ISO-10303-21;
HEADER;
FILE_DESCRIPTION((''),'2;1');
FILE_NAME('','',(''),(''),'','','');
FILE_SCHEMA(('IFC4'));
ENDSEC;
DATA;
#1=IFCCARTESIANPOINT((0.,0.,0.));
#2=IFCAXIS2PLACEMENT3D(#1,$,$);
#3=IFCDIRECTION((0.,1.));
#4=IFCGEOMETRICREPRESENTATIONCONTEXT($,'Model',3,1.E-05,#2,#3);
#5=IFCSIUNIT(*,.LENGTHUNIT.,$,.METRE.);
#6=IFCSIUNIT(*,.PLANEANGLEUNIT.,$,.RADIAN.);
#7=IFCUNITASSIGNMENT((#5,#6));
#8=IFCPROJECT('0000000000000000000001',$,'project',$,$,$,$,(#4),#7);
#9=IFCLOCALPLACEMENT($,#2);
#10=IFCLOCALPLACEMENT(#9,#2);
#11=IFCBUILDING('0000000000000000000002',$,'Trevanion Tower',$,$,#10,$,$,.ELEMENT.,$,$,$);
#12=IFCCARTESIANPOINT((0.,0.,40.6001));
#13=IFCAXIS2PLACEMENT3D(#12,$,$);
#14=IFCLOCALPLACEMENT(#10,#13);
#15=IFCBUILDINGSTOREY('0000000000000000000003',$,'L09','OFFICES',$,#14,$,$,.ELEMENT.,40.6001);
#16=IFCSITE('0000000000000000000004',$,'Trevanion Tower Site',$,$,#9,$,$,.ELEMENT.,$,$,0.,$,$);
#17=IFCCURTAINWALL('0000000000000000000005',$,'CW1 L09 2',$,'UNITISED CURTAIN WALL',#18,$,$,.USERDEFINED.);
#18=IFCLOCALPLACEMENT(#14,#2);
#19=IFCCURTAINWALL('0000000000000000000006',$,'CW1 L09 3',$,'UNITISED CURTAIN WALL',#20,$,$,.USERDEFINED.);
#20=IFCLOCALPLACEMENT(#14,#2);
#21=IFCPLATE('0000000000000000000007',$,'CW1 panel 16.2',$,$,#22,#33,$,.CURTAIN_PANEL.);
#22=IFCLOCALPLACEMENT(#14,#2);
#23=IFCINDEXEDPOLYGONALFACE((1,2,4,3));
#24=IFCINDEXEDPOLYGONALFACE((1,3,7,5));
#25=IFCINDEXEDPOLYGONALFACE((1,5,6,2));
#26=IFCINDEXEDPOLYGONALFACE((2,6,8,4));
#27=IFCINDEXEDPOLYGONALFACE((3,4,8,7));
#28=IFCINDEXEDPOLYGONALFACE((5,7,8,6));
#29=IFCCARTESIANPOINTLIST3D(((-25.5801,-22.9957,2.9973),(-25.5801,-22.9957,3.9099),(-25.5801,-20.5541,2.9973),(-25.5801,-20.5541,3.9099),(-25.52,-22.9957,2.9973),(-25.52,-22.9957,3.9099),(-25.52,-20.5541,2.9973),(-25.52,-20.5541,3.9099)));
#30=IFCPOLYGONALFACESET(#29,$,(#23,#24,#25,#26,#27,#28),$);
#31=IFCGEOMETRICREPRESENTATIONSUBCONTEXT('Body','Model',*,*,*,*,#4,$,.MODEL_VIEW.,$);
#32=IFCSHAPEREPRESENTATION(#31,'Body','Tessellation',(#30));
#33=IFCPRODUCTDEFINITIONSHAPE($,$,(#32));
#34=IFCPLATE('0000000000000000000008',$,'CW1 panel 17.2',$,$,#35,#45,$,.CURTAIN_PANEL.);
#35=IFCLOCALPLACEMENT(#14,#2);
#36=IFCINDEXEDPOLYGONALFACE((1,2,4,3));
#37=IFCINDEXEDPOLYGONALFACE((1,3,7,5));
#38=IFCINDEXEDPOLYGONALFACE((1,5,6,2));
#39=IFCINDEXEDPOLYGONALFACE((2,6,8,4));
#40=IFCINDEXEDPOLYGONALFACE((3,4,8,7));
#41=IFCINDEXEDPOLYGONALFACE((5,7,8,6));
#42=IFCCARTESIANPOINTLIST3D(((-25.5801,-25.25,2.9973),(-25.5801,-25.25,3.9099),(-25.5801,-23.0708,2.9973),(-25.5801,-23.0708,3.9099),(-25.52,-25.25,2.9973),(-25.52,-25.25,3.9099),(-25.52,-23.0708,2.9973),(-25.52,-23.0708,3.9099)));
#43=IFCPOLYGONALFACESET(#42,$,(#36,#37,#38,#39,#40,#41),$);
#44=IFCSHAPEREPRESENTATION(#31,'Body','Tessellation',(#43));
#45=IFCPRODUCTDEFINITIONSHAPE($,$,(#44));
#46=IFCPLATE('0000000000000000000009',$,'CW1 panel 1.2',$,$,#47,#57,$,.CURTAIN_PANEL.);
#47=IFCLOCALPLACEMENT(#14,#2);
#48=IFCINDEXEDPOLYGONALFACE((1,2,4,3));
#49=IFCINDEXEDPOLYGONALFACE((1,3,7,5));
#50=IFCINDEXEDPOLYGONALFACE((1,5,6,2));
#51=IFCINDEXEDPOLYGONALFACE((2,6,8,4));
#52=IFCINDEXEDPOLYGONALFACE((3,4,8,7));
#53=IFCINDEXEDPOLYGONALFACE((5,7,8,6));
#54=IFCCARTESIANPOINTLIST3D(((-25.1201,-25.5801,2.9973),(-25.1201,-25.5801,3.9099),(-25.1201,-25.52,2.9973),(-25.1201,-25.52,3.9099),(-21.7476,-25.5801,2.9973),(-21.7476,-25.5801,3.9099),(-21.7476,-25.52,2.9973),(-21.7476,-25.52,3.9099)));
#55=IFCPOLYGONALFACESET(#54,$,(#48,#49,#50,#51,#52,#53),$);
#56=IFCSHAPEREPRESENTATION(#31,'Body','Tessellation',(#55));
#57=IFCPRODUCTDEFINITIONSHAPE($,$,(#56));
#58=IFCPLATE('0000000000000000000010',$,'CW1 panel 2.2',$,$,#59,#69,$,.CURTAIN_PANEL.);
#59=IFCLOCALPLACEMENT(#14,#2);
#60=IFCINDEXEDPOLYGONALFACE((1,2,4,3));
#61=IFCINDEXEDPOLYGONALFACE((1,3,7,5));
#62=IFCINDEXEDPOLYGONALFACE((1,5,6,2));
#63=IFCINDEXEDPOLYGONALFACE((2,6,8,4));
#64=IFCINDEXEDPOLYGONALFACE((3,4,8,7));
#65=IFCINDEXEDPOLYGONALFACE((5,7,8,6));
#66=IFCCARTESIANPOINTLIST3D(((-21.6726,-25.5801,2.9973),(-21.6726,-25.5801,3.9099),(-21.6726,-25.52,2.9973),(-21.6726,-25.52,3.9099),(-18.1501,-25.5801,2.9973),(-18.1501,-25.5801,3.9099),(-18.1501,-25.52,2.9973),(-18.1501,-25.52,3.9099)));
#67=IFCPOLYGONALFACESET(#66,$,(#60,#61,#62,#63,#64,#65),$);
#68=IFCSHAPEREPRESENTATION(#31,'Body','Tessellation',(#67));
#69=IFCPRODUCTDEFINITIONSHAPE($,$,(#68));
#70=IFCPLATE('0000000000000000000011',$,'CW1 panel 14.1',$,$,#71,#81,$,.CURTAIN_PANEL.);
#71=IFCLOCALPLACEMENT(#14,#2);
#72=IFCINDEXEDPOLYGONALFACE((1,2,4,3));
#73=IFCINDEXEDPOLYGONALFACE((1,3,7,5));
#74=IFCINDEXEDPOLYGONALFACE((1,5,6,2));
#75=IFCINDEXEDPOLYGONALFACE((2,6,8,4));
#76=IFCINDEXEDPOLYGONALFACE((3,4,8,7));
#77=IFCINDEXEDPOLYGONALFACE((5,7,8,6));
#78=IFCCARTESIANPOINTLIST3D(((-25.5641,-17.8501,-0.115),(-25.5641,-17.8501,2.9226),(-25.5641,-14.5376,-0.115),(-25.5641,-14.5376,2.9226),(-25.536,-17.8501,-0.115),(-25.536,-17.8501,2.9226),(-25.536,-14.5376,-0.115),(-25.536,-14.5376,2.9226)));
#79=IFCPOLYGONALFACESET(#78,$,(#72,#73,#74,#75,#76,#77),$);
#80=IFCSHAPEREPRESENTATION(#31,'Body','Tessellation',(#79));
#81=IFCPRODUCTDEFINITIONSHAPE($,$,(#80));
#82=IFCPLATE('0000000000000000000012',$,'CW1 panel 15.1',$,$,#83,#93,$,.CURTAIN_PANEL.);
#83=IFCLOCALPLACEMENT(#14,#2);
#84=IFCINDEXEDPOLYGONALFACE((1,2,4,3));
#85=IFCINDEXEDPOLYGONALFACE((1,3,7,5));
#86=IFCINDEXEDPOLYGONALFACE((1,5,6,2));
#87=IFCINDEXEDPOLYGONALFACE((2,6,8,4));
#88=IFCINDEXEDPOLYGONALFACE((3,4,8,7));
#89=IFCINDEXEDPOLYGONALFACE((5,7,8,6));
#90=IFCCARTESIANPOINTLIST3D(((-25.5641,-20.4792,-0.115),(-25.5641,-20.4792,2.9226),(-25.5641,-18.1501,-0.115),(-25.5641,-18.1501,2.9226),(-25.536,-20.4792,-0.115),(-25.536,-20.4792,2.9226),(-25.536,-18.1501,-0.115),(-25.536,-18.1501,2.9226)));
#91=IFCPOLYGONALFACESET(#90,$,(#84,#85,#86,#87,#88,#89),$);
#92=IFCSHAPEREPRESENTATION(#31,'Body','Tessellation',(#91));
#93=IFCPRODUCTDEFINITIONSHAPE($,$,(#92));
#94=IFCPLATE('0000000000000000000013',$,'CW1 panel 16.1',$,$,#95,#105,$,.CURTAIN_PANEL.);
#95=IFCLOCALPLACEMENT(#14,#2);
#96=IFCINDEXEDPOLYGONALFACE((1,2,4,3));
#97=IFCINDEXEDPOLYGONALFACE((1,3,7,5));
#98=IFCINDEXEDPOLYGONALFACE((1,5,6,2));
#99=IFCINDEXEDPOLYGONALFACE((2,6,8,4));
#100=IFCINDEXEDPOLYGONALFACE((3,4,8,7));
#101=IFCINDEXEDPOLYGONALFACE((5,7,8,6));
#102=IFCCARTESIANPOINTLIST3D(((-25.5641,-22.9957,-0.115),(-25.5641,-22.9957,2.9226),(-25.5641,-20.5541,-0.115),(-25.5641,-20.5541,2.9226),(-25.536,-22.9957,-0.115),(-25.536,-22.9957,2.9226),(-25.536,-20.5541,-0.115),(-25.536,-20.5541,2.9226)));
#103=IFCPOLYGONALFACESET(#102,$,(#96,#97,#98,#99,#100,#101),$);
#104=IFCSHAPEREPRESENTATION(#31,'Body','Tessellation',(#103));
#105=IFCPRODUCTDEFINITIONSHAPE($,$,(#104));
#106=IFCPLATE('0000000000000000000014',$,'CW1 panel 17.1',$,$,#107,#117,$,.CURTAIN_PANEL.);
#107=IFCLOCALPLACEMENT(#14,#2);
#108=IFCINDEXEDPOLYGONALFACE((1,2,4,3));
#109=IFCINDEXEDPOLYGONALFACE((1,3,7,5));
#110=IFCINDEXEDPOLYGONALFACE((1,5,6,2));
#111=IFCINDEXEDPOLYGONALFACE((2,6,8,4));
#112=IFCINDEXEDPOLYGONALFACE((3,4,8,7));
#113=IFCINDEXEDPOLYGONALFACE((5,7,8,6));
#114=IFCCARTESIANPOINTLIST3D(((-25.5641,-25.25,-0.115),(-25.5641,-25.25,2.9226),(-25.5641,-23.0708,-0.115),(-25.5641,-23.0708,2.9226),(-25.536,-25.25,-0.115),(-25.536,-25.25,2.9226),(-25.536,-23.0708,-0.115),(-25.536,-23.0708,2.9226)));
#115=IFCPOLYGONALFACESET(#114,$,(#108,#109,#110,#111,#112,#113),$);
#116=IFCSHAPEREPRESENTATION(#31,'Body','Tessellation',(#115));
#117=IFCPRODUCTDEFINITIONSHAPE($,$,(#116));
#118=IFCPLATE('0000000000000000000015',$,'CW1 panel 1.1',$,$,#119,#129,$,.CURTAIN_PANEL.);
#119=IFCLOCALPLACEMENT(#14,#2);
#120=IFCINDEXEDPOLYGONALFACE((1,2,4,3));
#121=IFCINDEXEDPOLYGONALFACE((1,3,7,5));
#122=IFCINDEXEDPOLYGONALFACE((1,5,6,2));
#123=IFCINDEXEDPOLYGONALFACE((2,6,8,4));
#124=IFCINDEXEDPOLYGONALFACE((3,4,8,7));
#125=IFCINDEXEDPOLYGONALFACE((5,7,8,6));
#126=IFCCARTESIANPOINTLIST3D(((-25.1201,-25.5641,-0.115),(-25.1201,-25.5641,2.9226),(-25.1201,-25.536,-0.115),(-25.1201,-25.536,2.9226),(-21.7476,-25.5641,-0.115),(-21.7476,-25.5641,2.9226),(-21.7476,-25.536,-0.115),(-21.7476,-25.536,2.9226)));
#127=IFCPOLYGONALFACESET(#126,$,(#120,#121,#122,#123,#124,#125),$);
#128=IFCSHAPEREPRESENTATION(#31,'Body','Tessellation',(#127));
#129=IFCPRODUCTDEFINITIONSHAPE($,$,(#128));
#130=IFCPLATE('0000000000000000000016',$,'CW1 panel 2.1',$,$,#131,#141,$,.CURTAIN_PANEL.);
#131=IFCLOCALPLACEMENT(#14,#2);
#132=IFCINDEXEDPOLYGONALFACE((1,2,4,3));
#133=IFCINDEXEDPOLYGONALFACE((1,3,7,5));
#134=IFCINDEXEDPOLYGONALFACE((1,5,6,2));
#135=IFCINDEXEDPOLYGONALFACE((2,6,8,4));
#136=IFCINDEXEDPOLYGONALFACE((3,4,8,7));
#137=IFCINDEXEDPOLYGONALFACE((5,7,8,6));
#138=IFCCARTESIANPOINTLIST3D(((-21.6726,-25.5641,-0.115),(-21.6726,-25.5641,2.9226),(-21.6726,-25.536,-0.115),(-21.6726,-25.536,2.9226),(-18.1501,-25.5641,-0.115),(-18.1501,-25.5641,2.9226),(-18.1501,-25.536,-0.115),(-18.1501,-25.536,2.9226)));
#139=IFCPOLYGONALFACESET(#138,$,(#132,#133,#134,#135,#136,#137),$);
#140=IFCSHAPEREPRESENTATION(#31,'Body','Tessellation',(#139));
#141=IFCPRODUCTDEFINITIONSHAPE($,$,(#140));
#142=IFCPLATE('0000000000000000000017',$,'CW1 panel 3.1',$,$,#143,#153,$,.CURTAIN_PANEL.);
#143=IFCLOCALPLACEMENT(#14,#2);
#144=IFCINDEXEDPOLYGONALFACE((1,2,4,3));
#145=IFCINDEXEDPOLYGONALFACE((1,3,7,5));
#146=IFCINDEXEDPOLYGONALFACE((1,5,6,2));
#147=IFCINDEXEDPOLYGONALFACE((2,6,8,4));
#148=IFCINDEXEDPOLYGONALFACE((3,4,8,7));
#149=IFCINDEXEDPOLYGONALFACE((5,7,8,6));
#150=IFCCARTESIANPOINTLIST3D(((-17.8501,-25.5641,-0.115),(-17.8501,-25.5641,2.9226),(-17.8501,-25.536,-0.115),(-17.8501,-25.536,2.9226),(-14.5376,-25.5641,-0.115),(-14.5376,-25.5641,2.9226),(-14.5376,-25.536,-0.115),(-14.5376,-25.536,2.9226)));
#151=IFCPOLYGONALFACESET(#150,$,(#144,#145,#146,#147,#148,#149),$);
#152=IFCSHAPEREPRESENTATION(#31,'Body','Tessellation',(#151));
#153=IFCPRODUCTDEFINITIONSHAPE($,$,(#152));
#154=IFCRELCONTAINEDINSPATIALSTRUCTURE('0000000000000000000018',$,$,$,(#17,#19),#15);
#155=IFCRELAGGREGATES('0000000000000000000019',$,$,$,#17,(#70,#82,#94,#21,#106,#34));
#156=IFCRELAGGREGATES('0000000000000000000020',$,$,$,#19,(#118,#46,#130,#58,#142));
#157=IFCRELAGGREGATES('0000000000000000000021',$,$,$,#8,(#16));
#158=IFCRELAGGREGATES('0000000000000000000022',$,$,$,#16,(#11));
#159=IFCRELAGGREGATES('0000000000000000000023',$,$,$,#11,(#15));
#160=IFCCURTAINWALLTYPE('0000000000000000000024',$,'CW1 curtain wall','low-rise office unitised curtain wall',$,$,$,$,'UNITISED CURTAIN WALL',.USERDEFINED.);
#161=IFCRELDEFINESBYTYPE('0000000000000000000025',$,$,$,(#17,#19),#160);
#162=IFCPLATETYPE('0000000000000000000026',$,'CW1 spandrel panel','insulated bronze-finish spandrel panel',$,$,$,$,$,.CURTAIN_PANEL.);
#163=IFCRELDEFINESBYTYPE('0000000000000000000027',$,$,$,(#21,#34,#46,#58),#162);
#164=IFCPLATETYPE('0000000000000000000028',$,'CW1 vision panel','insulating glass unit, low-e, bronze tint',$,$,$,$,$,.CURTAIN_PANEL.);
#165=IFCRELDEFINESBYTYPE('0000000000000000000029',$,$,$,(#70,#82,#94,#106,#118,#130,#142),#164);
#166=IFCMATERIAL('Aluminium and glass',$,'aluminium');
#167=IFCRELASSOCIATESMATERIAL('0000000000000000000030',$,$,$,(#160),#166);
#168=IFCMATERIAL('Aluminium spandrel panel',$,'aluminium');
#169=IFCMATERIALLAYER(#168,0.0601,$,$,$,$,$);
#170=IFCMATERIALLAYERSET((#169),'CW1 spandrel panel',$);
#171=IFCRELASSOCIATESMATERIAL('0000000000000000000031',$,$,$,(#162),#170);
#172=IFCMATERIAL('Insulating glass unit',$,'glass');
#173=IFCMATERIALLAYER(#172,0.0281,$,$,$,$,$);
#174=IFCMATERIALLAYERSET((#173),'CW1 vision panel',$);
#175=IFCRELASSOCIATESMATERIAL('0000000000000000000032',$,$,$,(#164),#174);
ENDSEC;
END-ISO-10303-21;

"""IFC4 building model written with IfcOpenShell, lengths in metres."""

from ifc_helpers import new_model, si_unit, direction, frame, origin, origin_2d, place, context, subcontext, project, spatial, rectangle, extrude, material, layer, layer_set, type_object, element, aggregate, save


model = new_model("IFC4")

# Units and contexts
model_context = context("Model", 3, precision=1e-05, world=origin(), true_north=direction((0.0, 1.0)))
body_context = subcontext(model_context, "Body", "Model", "MODEL_VIEW")
ifc_project = project(units=[si_unit("LENGTHUNIT", "METRE"), si_unit("PLANEANGLEUNIT", "RADIAN")], contexts=[model_context])

# Site, building, storey
site_placement = place(None, origin())
site = spatial("IfcSite", under=ifc_project, at=site_placement, Name="Trevanion Tower Site", CompositionType="ELEMENT", RefElevation=0.0)
building_placement = place(site_placement, origin())
building = spatial("IfcBuilding", under=site, at=building_placement, Name="Trevanion Tower", CompositionType="ELEMENT")
storey_placement = place(building_placement, frame((0.0, 0.0, 40.6001)))
storey = spatial("IfcBuildingStorey", under=building, at=storey_placement, Name="L09", Description="OFFICES", CompositionType="ELEMENT", Elevation=40.6001)

# Curtain wall
ifc_material_1 = material(Name="Aluminium and glass", Category="aluminium")
curtain_wall_type = type_object("IfcCurtainWallType", Name="CW1 curtain wall", Description="low-rise office unitised curtain wall", ElementType="UNITISED CURTAIN WALL", PredefinedType="USERDEFINED", material=ifc_material_1)
curtain_wall_1_placement = place(storey_placement, origin())
curtain_wall_1 = element("IfcCurtainWall", 1, at=curtain_wall_1_placement, inside=storey, type_object=curtain_wall_type, Name="CW1 L09 2", ObjectType="UNITISED CURTAIN WALL", PredefinedType="USERDEFINED")

# Curtain wall
curtain_wall_2_placement = place(storey_placement, origin())
curtain_wall_2 = element("IfcCurtainWall", 2, at=curtain_wall_2_placement, inside=storey, type_object=curtain_wall_type, Name="CW1 L09 3", ObjectType="UNITISED CURTAIN WALL", PredefinedType="USERDEFINED")

# Plates
ifc_material_2 = material(Name="Aluminium spandrel panel", Category="aluminium")
ifc_layer_1 = layer(ifc_material_2, 0.0601)
ifc_layer_set_1 = layer_set([ifc_layer_1], Name="CW1 spandrel panel")
plate_type_1 = type_object("IfcPlateType", Name="CW1 spandrel panel", Description="insulated bronze-finish spandrel panel", PredefinedType="CURTAIN_PANEL", material=ifc_layer_set_1)
plate_1_placement = place(storey_placement, frame((-25.55, -21.7749, 2.9973), z_axis=(0.0, 0.0, 1.0), x_axis=(0.0, -1.0, 0.0)))
plate_1 = element("IfcPlate", 3, at=plate_1_placement, type_object=plate_type_1, Name="CW1 panel 16.2", PredefinedType="CURTAIN_PANEL", context=body_context, shape_type="SweptSolid", body=[
    extrude(rectangle(XDim=2.4417, YDim=0.0601, at=origin_2d()), origin(), (0.0, 0.0, 1.0), 0.9126),
])
plate_2_placement = place(storey_placement, frame((-25.55, -24.1604, 2.9973), z_axis=(0.0, 0.0, 1.0), x_axis=(0.0, -1.0, 0.0)))
plate_2 = element("IfcPlate", 4, at=plate_2_placement, type_object=plate_type_1, Name="CW1 panel 17.2", PredefinedType="CURTAIN_PANEL", context=body_context, shape_type="SweptSolid", body=[
    extrude(rectangle(XDim=2.1792, YDim=0.0601, at=origin_2d()), origin(), (0.0, 0.0, 1.0), 0.9126),
])
plate_3_placement = place(storey_placement, frame((-23.4338, -25.55, 2.9973), z_axis=(0.0, 0.0, 1.0), x_axis=(1.0, 0.0, 0.0)))
plate_3 = element("IfcPlate", 5, at=plate_3_placement, type_object=plate_type_1, Name="CW1 panel 1.2", PredefinedType="CURTAIN_PANEL", context=body_context, shape_type="SweptSolid", body=[
    extrude(rectangle(XDim=3.3726, YDim=0.0601, at=origin_2d()), origin(), (0.0, 0.0, 1.0), 0.9126),
])
plate_4_placement = place(storey_placement, frame((-19.9114, -25.55, 2.9973), z_axis=(0.0, 0.0, 1.0), x_axis=(1.0, 0.0, 0.0)))
plate_4 = element("IfcPlate", 6, at=plate_4_placement, type_object=plate_type_1, Name="CW1 panel 2.2", PredefinedType="CURTAIN_PANEL", context=body_context, shape_type="SweptSolid", body=[
    extrude(rectangle(XDim=3.5225, YDim=0.0601, at=origin_2d()), origin(), (0.0, 0.0, 1.0), 0.9126),
])
ifc_material_3 = material(Name="Insulating glass unit", Category="glass")
ifc_layer_2 = layer(ifc_material_3, 0.0281)
ifc_layer_set_2 = layer_set([ifc_layer_2], Name="CW1 vision panel")
plate_type_2 = type_object("IfcPlateType", Name="CW1 vision panel", Description="insulating glass unit, low-e, bronze tint", PredefinedType="CURTAIN_PANEL", material=ifc_layer_set_2)
plate_5_placement = place(storey_placement, frame((-25.55, -16.1938, -0.115), z_axis=(0.0, 0.0, 1.0), x_axis=(0.0, -1.0, 0.0)))
plate_5 = element("IfcPlate", 7, at=plate_5_placement, type_object=plate_type_2, Name="CW1 panel 14.1", PredefinedType="CURTAIN_PANEL", context=body_context, shape_type="SweptSolid", body=[
    extrude(rectangle(XDim=3.3125, YDim=0.0281, at=origin_2d()), origin(), (0.0, 0.0, 1.0), 3.0376),
])
plate_6_placement = place(storey_placement, frame((-25.55, -19.3147, -0.115), z_axis=(0.0, 0.0, 1.0), x_axis=(0.0, -1.0, 0.0)))
plate_6 = element("IfcPlate", 8, at=plate_6_placement, type_object=plate_type_2, Name="CW1 panel 15.1", PredefinedType="CURTAIN_PANEL", context=body_context, shape_type="SweptSolid", body=[
    extrude(rectangle(XDim=2.3291, YDim=0.0281, at=origin_2d()), origin(), (0.0, 0.0, 1.0), 3.0376),
])
plate_7_placement = place(storey_placement, frame((-25.55, -21.7749, -0.115), z_axis=(0.0, 0.0, 1.0), x_axis=(0.0, -1.0, 0.0)))
plate_7 = element("IfcPlate", 9, at=plate_7_placement, type_object=plate_type_2, Name="CW1 panel 16.1", PredefinedType="CURTAIN_PANEL", context=body_context, shape_type="SweptSolid", body=[
    extrude(rectangle(XDim=2.4417, YDim=0.0281, at=origin_2d()), origin(), (0.0, 0.0, 1.0), 3.0376),
])
plate_8_placement = place(storey_placement, frame((-25.55, -24.1604, -0.115), z_axis=(0.0, 0.0, 1.0), x_axis=(0.0, -1.0, 0.0)))
plate_8 = element("IfcPlate", 10, at=plate_8_placement, type_object=plate_type_2, Name="CW1 panel 17.1", PredefinedType="CURTAIN_PANEL", context=body_context, shape_type="SweptSolid", body=[
    extrude(rectangle(XDim=2.1792, YDim=0.0281, at=origin_2d()), origin(), (0.0, 0.0, 1.0), 3.0376),
])
aggregate(curtain_wall_1, [plate_5, plate_6, plate_7, plate_1, plate_8, plate_2])
plate_9_placement = place(storey_placement, frame((-23.4338, -25.55, -0.115), z_axis=(0.0, 0.0, 1.0), x_axis=(1.0, 0.0, 0.0)))
plate_9 = element("IfcPlate", 11, at=plate_9_placement, type_object=plate_type_2, Name="CW1 panel 1.1", PredefinedType="CURTAIN_PANEL", context=body_context, shape_type="SweptSolid", body=[
    extrude(rectangle(XDim=3.3726, YDim=0.0281, at=origin_2d()), origin(), (0.0, 0.0, 1.0), 3.0376),
])
plate_10_placement = place(storey_placement, frame((-19.9114, -25.55, -0.115), z_axis=(0.0, 0.0, 1.0), x_axis=(1.0, 0.0, 0.0)))
plate_10 = element("IfcPlate", 12, at=plate_10_placement, type_object=plate_type_2, Name="CW1 panel 2.1", PredefinedType="CURTAIN_PANEL", context=body_context, shape_type="SweptSolid", body=[
    extrude(rectangle(XDim=3.5225, YDim=0.0281, at=origin_2d()), origin(), (0.0, 0.0, 1.0), 3.0376),
])
plate_11_placement = place(storey_placement, frame((-16.1938, -25.55, -0.115), z_axis=(0.0, 0.0, 1.0), x_axis=(1.0, 0.0, 0.0)))
plate_11 = element("IfcPlate", 13, at=plate_11_placement, type_object=plate_type_2, Name="CW1 panel 3.1", PredefinedType="CURTAIN_PANEL", context=body_context, shape_type="SweptSolid", body=[
    extrude(rectangle(XDim=3.3125, YDim=0.0281, at=origin_2d()), origin(), (0.0, 0.0, 1.0), 3.0376),
])
aggregate(curtain_wall_2, [plate_9, plate_3, plate_10, plate_4, plate_11])

save(model, "model.ifc")
